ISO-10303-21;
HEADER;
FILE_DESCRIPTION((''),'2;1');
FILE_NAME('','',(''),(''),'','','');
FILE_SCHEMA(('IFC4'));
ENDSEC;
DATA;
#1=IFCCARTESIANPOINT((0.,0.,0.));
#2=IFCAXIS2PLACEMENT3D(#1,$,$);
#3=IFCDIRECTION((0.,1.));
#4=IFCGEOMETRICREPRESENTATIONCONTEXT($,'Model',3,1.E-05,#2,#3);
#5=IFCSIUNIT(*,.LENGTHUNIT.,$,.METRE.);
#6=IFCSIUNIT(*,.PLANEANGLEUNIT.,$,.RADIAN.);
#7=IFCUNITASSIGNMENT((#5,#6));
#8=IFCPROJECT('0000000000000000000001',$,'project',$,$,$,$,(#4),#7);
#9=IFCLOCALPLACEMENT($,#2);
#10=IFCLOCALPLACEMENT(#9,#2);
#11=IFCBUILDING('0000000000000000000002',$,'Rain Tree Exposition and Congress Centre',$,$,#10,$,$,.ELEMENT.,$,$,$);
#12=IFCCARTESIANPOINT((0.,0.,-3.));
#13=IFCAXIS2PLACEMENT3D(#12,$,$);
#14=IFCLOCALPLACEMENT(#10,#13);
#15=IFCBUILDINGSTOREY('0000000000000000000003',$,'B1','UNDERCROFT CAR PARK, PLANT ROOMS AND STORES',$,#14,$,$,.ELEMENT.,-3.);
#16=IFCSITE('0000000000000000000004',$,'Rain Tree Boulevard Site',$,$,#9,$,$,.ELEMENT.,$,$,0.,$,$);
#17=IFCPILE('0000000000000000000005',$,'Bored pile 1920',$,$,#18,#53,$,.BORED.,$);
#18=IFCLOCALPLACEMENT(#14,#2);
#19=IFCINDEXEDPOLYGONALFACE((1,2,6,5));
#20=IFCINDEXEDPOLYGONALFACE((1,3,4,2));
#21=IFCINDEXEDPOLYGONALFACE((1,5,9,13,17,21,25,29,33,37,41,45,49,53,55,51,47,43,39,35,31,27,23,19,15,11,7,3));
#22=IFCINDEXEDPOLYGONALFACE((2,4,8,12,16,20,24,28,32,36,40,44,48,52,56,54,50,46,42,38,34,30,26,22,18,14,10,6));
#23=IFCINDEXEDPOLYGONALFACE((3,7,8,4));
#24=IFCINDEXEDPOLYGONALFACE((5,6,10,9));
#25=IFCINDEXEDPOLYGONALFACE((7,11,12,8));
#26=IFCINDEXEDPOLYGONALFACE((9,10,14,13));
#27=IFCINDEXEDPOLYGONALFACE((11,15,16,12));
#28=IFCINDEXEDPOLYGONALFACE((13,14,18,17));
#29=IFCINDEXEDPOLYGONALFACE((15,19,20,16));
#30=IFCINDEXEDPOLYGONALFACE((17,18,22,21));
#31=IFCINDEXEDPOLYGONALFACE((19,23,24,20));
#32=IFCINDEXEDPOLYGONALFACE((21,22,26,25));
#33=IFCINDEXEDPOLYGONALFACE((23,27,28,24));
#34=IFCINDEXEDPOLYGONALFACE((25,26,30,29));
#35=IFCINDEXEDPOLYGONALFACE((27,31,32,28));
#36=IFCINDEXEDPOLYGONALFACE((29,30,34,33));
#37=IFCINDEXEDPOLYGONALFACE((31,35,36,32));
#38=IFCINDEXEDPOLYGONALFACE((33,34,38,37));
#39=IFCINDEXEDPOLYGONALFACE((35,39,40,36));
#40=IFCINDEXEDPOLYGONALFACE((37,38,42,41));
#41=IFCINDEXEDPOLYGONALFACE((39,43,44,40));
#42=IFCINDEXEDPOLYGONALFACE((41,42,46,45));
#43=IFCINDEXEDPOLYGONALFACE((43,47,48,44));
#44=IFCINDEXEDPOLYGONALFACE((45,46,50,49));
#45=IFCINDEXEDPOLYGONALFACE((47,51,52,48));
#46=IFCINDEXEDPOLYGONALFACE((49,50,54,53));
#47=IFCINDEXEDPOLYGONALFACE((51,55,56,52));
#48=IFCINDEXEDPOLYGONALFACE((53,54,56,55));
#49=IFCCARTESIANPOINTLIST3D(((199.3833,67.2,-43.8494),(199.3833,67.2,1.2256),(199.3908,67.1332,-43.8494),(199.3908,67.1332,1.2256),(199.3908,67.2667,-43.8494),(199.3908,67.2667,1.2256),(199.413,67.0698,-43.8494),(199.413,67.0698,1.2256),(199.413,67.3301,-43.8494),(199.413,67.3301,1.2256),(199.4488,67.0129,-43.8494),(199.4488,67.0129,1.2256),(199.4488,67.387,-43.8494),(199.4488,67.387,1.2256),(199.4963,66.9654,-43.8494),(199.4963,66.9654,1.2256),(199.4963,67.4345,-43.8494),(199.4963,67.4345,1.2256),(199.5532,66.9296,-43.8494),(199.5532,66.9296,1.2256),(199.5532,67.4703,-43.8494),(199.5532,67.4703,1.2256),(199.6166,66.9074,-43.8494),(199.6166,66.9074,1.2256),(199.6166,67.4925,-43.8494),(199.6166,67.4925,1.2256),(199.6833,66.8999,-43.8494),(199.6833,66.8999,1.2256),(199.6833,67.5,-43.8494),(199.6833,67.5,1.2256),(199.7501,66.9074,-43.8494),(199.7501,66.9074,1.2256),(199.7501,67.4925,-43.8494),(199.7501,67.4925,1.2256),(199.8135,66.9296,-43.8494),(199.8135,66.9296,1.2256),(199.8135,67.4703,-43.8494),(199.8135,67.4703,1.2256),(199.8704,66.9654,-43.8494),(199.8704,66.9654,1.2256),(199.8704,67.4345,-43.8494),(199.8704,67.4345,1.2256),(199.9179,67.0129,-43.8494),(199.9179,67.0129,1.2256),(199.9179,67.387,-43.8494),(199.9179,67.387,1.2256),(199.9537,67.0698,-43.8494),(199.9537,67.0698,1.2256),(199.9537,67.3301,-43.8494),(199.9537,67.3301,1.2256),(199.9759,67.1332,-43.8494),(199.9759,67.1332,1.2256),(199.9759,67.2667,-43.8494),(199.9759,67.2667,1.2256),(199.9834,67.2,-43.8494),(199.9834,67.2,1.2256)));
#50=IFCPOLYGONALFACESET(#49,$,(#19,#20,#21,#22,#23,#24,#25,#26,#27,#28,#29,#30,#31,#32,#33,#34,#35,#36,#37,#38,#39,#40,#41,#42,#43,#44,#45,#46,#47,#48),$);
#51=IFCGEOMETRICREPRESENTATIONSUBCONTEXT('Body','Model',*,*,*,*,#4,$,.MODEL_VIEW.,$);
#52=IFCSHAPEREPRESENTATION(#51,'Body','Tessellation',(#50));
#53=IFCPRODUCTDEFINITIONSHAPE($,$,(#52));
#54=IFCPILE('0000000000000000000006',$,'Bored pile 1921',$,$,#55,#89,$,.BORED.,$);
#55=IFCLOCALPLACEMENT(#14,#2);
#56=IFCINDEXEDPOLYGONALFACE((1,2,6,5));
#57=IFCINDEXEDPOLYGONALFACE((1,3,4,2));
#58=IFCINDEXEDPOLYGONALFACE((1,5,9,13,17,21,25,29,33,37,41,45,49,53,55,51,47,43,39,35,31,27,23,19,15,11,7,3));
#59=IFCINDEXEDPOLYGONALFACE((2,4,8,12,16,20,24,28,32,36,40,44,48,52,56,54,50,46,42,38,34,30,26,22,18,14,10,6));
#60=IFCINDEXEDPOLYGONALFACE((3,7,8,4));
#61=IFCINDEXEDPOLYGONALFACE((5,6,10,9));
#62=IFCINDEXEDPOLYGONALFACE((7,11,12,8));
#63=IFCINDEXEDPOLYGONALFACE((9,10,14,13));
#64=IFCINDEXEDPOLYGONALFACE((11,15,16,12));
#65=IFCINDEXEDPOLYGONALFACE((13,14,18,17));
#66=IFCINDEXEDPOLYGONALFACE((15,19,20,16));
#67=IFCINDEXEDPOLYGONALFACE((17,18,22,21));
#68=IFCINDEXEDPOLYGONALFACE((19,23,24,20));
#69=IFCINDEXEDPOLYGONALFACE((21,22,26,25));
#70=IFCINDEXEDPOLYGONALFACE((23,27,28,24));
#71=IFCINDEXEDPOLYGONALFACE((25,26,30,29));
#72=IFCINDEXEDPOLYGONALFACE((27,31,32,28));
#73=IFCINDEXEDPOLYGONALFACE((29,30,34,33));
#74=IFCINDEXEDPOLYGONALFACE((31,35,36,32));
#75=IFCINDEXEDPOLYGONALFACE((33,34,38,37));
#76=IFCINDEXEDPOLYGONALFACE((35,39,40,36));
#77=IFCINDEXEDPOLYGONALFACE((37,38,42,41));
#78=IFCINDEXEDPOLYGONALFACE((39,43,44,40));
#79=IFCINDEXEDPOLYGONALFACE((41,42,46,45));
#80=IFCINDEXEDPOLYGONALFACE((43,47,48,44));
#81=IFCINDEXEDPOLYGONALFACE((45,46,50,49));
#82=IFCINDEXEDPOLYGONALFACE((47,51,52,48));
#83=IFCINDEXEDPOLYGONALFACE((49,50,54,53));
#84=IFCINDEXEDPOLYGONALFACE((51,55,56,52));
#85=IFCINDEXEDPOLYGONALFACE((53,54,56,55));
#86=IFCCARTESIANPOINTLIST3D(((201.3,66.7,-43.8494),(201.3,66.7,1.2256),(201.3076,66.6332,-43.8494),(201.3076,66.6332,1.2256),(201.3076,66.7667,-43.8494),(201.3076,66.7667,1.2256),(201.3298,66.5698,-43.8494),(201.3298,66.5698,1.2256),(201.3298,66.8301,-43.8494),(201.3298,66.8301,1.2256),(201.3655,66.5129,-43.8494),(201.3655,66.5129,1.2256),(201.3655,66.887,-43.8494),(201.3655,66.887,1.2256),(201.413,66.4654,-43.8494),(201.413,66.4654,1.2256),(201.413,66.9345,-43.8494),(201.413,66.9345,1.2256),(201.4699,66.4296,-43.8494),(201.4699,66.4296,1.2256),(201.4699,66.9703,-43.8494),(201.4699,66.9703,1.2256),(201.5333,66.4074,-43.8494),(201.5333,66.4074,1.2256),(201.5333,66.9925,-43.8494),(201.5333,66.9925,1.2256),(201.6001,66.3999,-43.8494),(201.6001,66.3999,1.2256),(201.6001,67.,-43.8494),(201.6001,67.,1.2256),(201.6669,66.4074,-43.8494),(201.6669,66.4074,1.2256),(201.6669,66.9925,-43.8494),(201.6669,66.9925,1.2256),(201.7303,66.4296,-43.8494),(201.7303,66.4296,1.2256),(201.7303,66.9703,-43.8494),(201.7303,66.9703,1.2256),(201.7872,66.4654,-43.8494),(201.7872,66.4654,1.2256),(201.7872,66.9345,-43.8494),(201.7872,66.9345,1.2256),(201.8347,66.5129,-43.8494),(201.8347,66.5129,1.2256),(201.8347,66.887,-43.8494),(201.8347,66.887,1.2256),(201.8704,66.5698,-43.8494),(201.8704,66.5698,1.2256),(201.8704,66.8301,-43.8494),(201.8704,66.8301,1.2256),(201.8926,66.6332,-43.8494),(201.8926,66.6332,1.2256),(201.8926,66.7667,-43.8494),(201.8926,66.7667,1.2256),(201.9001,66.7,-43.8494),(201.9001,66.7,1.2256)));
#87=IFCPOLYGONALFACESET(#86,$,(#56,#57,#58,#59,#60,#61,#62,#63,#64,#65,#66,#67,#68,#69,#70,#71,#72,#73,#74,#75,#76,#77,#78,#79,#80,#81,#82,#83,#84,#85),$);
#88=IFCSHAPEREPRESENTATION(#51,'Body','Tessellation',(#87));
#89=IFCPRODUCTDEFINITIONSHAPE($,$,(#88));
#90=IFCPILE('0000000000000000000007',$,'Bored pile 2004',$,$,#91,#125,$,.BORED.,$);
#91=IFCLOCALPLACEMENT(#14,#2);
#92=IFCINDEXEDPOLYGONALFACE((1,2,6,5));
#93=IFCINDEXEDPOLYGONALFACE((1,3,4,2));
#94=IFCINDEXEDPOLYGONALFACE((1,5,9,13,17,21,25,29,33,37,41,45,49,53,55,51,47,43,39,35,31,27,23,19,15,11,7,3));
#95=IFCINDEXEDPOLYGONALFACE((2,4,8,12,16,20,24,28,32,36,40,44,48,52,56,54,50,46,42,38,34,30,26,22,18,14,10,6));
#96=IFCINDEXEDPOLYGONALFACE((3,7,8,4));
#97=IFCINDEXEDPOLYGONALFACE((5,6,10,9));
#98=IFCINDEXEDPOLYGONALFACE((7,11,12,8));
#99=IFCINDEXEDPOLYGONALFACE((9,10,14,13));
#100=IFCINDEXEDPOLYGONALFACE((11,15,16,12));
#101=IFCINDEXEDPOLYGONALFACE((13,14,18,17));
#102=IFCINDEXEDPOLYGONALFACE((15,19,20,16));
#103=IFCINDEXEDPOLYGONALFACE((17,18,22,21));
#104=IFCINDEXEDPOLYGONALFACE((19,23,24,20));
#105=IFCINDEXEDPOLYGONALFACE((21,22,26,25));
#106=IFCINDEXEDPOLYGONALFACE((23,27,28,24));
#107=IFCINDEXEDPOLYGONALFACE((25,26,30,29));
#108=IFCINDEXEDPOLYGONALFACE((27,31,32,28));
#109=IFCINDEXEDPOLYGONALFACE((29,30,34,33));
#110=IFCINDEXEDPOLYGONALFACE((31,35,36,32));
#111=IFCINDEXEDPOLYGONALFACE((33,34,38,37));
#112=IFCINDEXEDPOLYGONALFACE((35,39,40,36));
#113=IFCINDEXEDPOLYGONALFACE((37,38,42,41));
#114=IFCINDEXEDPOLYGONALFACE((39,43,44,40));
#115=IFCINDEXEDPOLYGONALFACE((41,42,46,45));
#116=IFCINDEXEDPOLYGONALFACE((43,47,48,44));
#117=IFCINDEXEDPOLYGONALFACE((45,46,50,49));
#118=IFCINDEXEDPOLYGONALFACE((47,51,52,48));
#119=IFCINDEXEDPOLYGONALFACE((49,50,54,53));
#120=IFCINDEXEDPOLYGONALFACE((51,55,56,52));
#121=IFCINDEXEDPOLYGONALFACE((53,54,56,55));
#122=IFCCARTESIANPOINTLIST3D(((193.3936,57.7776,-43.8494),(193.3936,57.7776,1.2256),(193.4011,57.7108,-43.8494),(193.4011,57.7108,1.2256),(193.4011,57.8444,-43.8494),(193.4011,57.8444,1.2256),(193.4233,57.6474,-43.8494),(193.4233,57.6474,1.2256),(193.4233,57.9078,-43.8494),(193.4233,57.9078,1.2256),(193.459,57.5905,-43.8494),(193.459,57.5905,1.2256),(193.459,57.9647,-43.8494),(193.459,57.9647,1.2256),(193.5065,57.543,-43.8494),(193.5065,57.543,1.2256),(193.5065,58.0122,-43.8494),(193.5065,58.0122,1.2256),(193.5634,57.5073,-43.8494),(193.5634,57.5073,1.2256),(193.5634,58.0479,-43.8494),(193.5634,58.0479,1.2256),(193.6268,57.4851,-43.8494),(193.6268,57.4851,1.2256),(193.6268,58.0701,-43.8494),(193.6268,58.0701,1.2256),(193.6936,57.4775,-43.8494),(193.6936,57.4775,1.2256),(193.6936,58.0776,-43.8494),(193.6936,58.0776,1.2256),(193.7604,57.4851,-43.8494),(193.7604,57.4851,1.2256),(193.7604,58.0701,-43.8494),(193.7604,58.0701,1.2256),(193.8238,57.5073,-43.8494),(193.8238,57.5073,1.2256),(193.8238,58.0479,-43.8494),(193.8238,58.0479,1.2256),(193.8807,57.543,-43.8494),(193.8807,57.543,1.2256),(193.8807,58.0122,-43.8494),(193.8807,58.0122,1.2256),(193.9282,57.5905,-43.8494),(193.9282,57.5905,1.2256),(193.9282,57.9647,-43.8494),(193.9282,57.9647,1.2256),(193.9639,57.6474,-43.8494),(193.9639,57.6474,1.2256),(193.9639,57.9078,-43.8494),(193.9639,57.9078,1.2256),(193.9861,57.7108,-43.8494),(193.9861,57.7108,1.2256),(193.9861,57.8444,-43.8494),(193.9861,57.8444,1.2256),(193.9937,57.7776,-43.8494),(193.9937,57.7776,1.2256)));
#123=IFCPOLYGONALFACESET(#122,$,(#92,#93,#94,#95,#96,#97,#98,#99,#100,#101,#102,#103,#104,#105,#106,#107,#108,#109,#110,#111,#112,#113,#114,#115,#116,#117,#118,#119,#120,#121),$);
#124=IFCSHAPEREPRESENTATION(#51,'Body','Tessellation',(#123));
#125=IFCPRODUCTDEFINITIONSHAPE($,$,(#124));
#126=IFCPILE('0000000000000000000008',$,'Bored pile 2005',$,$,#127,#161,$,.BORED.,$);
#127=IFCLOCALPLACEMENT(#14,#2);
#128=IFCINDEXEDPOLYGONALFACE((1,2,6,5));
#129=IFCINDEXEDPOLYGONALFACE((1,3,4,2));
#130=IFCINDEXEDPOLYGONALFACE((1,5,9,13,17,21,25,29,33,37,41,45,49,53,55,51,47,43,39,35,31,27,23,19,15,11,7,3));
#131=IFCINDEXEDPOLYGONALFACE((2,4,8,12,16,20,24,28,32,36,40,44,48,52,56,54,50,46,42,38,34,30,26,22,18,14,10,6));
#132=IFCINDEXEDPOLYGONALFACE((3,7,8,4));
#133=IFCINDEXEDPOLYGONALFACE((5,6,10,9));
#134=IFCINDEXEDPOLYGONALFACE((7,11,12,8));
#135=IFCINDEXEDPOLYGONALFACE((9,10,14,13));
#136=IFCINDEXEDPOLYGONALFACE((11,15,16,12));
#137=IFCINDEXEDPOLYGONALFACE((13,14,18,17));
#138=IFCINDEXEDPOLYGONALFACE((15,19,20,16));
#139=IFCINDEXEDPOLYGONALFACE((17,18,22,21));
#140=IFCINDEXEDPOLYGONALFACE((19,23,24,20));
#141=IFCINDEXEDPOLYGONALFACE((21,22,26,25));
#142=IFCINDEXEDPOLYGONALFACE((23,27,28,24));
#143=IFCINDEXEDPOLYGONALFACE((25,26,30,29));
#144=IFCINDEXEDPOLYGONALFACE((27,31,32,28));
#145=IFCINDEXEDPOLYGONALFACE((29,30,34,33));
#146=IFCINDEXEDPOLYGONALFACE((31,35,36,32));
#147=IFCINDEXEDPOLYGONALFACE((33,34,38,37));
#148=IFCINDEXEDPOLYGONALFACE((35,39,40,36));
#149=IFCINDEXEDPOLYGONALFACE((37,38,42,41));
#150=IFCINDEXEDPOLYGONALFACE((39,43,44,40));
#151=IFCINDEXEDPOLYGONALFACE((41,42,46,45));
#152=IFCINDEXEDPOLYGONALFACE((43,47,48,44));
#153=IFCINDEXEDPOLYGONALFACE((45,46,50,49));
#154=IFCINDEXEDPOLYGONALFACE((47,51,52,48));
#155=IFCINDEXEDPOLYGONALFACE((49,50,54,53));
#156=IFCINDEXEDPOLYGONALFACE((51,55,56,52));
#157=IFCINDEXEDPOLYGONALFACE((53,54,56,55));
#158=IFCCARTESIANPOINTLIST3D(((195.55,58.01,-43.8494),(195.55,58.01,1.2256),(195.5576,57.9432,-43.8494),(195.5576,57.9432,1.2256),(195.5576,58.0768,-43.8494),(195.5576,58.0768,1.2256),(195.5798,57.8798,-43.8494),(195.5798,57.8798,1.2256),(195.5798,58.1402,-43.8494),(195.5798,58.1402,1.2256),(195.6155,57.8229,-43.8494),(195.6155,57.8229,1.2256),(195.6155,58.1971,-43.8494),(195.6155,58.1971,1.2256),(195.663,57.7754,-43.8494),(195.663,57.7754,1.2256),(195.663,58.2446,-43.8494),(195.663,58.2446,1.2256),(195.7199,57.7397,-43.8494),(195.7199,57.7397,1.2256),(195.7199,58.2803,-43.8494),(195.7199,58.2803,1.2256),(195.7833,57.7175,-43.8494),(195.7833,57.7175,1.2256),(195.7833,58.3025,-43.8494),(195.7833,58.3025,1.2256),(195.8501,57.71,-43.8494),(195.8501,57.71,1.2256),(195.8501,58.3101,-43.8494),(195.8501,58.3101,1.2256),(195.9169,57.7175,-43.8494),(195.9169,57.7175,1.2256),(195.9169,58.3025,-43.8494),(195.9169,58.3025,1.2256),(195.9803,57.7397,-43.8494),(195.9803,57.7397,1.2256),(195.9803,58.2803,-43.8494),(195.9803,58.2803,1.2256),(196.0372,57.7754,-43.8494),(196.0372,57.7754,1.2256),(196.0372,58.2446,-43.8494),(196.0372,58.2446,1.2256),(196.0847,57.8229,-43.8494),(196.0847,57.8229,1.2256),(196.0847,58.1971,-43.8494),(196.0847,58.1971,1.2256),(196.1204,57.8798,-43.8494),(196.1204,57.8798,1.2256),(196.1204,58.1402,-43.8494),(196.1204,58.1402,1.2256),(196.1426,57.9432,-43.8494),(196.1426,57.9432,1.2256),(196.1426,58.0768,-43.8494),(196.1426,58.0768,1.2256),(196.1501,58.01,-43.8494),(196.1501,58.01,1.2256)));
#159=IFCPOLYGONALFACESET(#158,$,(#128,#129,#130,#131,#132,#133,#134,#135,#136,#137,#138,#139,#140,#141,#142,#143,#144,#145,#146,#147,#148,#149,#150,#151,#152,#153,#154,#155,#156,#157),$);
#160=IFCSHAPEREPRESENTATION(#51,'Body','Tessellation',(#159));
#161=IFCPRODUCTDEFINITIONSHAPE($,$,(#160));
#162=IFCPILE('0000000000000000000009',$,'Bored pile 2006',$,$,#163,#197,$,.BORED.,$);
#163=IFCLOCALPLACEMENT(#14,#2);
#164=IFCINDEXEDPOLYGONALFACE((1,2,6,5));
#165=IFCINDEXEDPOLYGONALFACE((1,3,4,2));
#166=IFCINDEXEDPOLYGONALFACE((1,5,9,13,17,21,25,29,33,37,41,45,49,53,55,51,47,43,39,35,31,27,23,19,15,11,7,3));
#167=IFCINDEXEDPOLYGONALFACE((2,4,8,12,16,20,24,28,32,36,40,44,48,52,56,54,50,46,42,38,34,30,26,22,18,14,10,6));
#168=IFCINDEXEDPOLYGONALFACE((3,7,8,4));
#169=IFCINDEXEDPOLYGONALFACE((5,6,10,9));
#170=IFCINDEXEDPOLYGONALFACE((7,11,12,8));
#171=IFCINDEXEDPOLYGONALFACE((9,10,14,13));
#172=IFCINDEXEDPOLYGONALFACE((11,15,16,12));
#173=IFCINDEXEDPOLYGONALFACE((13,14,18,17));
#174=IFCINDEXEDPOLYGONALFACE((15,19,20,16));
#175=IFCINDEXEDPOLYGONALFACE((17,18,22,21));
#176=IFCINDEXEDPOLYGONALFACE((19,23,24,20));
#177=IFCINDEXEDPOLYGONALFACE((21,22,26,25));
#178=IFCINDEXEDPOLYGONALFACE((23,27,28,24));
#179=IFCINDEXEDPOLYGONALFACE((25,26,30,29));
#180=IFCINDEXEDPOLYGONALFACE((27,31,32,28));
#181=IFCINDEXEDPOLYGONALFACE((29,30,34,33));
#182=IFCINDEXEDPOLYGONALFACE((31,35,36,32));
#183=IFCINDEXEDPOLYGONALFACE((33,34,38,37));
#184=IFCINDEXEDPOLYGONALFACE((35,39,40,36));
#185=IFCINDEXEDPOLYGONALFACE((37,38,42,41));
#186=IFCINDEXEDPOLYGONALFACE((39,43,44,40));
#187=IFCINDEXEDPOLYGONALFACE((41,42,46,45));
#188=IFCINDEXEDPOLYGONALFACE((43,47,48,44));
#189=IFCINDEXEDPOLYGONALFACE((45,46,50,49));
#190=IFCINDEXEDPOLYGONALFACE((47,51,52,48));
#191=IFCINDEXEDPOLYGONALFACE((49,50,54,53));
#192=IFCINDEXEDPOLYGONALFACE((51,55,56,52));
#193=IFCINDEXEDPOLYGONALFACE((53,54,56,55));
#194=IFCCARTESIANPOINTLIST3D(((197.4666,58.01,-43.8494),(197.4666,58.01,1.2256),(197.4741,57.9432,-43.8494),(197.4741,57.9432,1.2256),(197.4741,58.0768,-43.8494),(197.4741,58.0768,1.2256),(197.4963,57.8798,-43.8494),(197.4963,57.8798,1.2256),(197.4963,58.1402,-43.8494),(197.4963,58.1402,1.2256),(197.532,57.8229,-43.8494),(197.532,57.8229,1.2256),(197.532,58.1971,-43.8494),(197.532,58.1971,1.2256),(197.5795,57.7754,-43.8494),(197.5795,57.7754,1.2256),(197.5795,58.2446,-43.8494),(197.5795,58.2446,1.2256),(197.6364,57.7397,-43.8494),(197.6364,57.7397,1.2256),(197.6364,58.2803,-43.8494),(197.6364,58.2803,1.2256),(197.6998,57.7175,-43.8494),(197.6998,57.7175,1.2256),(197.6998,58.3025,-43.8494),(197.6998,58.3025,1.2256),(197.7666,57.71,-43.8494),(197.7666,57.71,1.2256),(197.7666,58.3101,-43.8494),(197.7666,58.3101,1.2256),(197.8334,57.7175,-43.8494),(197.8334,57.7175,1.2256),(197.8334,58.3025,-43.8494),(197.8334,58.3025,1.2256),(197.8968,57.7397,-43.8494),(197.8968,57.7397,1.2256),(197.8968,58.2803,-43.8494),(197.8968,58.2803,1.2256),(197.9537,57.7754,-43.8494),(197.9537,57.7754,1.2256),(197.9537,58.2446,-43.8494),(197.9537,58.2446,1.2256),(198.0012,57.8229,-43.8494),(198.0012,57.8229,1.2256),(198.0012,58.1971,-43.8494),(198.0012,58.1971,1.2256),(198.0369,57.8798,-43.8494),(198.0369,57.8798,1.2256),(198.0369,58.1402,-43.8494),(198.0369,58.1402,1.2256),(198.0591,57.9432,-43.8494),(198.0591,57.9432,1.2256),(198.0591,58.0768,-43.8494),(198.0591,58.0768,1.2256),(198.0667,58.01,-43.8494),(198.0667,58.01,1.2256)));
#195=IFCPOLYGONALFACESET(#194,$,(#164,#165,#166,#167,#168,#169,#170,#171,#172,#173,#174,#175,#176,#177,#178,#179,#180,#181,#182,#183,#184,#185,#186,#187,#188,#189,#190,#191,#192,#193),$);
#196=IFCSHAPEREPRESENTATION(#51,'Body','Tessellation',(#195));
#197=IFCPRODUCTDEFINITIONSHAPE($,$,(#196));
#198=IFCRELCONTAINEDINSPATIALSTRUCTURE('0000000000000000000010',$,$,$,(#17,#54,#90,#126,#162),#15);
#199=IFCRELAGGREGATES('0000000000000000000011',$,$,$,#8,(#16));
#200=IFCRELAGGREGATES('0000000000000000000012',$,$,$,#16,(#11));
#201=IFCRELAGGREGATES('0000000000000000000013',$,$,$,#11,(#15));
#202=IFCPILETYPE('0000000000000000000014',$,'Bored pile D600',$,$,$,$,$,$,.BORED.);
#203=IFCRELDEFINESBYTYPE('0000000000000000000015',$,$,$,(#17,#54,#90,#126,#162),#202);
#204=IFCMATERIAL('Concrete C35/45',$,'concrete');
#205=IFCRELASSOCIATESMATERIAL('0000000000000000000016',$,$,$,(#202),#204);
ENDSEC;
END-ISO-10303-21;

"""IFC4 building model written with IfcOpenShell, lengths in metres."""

from ifc_helpers import new_model, si_unit, direction, frame, origin, origin_2d, place, context, subcontext, project, spatial, circle, extrude, material, material_profile, profile_set, type_object, element, save


model = new_model("IFC4")

# Units and contexts
model_context = context("Model", 3, precision=1e-05, world=origin(), true_north=direction((0.0, 1.0)))
body_context = subcontext(model_context, "Body", "Model", "MODEL_VIEW")
ifc_project = project(units=[si_unit("LENGTHUNIT", "METRE"), si_unit("PLANEANGLEUNIT", "RADIAN")], contexts=[model_context])

# Site, building, storey
site_placement = place(None, origin())
site = spatial("IfcSite", under=ifc_project, at=site_placement, Name="Rain Tree Boulevard Site", CompositionType="ELEMENT", RefElevation=0.0)
building_placement = place(site_placement, origin())
building = spatial("IfcBuilding", under=site, at=building_placement, Name="Rain Tree Exposition and Congress Centre", CompositionType="ELEMENT")
storey_placement = place(building_placement, frame((0.0, 0.0, -3.0)))
storey = spatial("IfcBuildingStorey", under=building, at=storey_placement, Name="B1", Description="UNDERCROFT CAR PARK, PLANT ROOMS AND STORES", CompositionType="ELEMENT", Elevation=-3.0)

# Piles
ifc_material_1 = material(Name="Concrete C35/45", Category="concrete")
ifc_material_profile_1 = material_profile(ifc_material_1, circle(Radius=0.3, at=origin_2d()), Name="D600")
ifc_profile_set_1 = profile_set([ifc_material_profile_1], Name="Concrete C35/45")
pile_type_1 = type_object("IfcPileType", Name="Bored pile D600", PredefinedType="BORED", material=ifc_profile_set_1)
for number, where, z_axis, x_axis, name in (
    (1, (199.6833, 67.2, 1.2256), (0.0, 0.0, -1.0), (1.0, 0.0, 0.0), "Bored pile 1920"),
    (2, (201.6001, 66.7, 1.2256), (0.0, 0.0, -1.0), (1.0, 0.0, 0.0), "Bored pile 1921"),
    (3, (193.6936, 57.7776, 1.2256), (0.0, 0.0, -1.0), (1.0, 0.0, 0.0), "Bored pile 2004"),
    (4, (195.8501, 58.01, 1.2256), (0.0, 0.0, -1.0), (1.0, 0.0, 0.0), "Bored pile 2005"),
    (5, (197.7666, 58.01, 1.2256), (0.0, 0.0, -1.0), (1.0, 0.0, 0.0), "Bored pile 2006"),
):
    element("IfcPile", number, at=place(storey_placement, frame(where, z_axis=z_axis, x_axis=x_axis)), inside=storey, type_object=pile_type_1, Name=name, PredefinedType="BORED", context=body_context, shape_type="SweptSolid", body=[
        extrude(circle(Radius=0.3, at=origin_2d()), origin(), (0.0, 0.0, 1.0), 45.075),
    ])

save(model, "model.ifc")
